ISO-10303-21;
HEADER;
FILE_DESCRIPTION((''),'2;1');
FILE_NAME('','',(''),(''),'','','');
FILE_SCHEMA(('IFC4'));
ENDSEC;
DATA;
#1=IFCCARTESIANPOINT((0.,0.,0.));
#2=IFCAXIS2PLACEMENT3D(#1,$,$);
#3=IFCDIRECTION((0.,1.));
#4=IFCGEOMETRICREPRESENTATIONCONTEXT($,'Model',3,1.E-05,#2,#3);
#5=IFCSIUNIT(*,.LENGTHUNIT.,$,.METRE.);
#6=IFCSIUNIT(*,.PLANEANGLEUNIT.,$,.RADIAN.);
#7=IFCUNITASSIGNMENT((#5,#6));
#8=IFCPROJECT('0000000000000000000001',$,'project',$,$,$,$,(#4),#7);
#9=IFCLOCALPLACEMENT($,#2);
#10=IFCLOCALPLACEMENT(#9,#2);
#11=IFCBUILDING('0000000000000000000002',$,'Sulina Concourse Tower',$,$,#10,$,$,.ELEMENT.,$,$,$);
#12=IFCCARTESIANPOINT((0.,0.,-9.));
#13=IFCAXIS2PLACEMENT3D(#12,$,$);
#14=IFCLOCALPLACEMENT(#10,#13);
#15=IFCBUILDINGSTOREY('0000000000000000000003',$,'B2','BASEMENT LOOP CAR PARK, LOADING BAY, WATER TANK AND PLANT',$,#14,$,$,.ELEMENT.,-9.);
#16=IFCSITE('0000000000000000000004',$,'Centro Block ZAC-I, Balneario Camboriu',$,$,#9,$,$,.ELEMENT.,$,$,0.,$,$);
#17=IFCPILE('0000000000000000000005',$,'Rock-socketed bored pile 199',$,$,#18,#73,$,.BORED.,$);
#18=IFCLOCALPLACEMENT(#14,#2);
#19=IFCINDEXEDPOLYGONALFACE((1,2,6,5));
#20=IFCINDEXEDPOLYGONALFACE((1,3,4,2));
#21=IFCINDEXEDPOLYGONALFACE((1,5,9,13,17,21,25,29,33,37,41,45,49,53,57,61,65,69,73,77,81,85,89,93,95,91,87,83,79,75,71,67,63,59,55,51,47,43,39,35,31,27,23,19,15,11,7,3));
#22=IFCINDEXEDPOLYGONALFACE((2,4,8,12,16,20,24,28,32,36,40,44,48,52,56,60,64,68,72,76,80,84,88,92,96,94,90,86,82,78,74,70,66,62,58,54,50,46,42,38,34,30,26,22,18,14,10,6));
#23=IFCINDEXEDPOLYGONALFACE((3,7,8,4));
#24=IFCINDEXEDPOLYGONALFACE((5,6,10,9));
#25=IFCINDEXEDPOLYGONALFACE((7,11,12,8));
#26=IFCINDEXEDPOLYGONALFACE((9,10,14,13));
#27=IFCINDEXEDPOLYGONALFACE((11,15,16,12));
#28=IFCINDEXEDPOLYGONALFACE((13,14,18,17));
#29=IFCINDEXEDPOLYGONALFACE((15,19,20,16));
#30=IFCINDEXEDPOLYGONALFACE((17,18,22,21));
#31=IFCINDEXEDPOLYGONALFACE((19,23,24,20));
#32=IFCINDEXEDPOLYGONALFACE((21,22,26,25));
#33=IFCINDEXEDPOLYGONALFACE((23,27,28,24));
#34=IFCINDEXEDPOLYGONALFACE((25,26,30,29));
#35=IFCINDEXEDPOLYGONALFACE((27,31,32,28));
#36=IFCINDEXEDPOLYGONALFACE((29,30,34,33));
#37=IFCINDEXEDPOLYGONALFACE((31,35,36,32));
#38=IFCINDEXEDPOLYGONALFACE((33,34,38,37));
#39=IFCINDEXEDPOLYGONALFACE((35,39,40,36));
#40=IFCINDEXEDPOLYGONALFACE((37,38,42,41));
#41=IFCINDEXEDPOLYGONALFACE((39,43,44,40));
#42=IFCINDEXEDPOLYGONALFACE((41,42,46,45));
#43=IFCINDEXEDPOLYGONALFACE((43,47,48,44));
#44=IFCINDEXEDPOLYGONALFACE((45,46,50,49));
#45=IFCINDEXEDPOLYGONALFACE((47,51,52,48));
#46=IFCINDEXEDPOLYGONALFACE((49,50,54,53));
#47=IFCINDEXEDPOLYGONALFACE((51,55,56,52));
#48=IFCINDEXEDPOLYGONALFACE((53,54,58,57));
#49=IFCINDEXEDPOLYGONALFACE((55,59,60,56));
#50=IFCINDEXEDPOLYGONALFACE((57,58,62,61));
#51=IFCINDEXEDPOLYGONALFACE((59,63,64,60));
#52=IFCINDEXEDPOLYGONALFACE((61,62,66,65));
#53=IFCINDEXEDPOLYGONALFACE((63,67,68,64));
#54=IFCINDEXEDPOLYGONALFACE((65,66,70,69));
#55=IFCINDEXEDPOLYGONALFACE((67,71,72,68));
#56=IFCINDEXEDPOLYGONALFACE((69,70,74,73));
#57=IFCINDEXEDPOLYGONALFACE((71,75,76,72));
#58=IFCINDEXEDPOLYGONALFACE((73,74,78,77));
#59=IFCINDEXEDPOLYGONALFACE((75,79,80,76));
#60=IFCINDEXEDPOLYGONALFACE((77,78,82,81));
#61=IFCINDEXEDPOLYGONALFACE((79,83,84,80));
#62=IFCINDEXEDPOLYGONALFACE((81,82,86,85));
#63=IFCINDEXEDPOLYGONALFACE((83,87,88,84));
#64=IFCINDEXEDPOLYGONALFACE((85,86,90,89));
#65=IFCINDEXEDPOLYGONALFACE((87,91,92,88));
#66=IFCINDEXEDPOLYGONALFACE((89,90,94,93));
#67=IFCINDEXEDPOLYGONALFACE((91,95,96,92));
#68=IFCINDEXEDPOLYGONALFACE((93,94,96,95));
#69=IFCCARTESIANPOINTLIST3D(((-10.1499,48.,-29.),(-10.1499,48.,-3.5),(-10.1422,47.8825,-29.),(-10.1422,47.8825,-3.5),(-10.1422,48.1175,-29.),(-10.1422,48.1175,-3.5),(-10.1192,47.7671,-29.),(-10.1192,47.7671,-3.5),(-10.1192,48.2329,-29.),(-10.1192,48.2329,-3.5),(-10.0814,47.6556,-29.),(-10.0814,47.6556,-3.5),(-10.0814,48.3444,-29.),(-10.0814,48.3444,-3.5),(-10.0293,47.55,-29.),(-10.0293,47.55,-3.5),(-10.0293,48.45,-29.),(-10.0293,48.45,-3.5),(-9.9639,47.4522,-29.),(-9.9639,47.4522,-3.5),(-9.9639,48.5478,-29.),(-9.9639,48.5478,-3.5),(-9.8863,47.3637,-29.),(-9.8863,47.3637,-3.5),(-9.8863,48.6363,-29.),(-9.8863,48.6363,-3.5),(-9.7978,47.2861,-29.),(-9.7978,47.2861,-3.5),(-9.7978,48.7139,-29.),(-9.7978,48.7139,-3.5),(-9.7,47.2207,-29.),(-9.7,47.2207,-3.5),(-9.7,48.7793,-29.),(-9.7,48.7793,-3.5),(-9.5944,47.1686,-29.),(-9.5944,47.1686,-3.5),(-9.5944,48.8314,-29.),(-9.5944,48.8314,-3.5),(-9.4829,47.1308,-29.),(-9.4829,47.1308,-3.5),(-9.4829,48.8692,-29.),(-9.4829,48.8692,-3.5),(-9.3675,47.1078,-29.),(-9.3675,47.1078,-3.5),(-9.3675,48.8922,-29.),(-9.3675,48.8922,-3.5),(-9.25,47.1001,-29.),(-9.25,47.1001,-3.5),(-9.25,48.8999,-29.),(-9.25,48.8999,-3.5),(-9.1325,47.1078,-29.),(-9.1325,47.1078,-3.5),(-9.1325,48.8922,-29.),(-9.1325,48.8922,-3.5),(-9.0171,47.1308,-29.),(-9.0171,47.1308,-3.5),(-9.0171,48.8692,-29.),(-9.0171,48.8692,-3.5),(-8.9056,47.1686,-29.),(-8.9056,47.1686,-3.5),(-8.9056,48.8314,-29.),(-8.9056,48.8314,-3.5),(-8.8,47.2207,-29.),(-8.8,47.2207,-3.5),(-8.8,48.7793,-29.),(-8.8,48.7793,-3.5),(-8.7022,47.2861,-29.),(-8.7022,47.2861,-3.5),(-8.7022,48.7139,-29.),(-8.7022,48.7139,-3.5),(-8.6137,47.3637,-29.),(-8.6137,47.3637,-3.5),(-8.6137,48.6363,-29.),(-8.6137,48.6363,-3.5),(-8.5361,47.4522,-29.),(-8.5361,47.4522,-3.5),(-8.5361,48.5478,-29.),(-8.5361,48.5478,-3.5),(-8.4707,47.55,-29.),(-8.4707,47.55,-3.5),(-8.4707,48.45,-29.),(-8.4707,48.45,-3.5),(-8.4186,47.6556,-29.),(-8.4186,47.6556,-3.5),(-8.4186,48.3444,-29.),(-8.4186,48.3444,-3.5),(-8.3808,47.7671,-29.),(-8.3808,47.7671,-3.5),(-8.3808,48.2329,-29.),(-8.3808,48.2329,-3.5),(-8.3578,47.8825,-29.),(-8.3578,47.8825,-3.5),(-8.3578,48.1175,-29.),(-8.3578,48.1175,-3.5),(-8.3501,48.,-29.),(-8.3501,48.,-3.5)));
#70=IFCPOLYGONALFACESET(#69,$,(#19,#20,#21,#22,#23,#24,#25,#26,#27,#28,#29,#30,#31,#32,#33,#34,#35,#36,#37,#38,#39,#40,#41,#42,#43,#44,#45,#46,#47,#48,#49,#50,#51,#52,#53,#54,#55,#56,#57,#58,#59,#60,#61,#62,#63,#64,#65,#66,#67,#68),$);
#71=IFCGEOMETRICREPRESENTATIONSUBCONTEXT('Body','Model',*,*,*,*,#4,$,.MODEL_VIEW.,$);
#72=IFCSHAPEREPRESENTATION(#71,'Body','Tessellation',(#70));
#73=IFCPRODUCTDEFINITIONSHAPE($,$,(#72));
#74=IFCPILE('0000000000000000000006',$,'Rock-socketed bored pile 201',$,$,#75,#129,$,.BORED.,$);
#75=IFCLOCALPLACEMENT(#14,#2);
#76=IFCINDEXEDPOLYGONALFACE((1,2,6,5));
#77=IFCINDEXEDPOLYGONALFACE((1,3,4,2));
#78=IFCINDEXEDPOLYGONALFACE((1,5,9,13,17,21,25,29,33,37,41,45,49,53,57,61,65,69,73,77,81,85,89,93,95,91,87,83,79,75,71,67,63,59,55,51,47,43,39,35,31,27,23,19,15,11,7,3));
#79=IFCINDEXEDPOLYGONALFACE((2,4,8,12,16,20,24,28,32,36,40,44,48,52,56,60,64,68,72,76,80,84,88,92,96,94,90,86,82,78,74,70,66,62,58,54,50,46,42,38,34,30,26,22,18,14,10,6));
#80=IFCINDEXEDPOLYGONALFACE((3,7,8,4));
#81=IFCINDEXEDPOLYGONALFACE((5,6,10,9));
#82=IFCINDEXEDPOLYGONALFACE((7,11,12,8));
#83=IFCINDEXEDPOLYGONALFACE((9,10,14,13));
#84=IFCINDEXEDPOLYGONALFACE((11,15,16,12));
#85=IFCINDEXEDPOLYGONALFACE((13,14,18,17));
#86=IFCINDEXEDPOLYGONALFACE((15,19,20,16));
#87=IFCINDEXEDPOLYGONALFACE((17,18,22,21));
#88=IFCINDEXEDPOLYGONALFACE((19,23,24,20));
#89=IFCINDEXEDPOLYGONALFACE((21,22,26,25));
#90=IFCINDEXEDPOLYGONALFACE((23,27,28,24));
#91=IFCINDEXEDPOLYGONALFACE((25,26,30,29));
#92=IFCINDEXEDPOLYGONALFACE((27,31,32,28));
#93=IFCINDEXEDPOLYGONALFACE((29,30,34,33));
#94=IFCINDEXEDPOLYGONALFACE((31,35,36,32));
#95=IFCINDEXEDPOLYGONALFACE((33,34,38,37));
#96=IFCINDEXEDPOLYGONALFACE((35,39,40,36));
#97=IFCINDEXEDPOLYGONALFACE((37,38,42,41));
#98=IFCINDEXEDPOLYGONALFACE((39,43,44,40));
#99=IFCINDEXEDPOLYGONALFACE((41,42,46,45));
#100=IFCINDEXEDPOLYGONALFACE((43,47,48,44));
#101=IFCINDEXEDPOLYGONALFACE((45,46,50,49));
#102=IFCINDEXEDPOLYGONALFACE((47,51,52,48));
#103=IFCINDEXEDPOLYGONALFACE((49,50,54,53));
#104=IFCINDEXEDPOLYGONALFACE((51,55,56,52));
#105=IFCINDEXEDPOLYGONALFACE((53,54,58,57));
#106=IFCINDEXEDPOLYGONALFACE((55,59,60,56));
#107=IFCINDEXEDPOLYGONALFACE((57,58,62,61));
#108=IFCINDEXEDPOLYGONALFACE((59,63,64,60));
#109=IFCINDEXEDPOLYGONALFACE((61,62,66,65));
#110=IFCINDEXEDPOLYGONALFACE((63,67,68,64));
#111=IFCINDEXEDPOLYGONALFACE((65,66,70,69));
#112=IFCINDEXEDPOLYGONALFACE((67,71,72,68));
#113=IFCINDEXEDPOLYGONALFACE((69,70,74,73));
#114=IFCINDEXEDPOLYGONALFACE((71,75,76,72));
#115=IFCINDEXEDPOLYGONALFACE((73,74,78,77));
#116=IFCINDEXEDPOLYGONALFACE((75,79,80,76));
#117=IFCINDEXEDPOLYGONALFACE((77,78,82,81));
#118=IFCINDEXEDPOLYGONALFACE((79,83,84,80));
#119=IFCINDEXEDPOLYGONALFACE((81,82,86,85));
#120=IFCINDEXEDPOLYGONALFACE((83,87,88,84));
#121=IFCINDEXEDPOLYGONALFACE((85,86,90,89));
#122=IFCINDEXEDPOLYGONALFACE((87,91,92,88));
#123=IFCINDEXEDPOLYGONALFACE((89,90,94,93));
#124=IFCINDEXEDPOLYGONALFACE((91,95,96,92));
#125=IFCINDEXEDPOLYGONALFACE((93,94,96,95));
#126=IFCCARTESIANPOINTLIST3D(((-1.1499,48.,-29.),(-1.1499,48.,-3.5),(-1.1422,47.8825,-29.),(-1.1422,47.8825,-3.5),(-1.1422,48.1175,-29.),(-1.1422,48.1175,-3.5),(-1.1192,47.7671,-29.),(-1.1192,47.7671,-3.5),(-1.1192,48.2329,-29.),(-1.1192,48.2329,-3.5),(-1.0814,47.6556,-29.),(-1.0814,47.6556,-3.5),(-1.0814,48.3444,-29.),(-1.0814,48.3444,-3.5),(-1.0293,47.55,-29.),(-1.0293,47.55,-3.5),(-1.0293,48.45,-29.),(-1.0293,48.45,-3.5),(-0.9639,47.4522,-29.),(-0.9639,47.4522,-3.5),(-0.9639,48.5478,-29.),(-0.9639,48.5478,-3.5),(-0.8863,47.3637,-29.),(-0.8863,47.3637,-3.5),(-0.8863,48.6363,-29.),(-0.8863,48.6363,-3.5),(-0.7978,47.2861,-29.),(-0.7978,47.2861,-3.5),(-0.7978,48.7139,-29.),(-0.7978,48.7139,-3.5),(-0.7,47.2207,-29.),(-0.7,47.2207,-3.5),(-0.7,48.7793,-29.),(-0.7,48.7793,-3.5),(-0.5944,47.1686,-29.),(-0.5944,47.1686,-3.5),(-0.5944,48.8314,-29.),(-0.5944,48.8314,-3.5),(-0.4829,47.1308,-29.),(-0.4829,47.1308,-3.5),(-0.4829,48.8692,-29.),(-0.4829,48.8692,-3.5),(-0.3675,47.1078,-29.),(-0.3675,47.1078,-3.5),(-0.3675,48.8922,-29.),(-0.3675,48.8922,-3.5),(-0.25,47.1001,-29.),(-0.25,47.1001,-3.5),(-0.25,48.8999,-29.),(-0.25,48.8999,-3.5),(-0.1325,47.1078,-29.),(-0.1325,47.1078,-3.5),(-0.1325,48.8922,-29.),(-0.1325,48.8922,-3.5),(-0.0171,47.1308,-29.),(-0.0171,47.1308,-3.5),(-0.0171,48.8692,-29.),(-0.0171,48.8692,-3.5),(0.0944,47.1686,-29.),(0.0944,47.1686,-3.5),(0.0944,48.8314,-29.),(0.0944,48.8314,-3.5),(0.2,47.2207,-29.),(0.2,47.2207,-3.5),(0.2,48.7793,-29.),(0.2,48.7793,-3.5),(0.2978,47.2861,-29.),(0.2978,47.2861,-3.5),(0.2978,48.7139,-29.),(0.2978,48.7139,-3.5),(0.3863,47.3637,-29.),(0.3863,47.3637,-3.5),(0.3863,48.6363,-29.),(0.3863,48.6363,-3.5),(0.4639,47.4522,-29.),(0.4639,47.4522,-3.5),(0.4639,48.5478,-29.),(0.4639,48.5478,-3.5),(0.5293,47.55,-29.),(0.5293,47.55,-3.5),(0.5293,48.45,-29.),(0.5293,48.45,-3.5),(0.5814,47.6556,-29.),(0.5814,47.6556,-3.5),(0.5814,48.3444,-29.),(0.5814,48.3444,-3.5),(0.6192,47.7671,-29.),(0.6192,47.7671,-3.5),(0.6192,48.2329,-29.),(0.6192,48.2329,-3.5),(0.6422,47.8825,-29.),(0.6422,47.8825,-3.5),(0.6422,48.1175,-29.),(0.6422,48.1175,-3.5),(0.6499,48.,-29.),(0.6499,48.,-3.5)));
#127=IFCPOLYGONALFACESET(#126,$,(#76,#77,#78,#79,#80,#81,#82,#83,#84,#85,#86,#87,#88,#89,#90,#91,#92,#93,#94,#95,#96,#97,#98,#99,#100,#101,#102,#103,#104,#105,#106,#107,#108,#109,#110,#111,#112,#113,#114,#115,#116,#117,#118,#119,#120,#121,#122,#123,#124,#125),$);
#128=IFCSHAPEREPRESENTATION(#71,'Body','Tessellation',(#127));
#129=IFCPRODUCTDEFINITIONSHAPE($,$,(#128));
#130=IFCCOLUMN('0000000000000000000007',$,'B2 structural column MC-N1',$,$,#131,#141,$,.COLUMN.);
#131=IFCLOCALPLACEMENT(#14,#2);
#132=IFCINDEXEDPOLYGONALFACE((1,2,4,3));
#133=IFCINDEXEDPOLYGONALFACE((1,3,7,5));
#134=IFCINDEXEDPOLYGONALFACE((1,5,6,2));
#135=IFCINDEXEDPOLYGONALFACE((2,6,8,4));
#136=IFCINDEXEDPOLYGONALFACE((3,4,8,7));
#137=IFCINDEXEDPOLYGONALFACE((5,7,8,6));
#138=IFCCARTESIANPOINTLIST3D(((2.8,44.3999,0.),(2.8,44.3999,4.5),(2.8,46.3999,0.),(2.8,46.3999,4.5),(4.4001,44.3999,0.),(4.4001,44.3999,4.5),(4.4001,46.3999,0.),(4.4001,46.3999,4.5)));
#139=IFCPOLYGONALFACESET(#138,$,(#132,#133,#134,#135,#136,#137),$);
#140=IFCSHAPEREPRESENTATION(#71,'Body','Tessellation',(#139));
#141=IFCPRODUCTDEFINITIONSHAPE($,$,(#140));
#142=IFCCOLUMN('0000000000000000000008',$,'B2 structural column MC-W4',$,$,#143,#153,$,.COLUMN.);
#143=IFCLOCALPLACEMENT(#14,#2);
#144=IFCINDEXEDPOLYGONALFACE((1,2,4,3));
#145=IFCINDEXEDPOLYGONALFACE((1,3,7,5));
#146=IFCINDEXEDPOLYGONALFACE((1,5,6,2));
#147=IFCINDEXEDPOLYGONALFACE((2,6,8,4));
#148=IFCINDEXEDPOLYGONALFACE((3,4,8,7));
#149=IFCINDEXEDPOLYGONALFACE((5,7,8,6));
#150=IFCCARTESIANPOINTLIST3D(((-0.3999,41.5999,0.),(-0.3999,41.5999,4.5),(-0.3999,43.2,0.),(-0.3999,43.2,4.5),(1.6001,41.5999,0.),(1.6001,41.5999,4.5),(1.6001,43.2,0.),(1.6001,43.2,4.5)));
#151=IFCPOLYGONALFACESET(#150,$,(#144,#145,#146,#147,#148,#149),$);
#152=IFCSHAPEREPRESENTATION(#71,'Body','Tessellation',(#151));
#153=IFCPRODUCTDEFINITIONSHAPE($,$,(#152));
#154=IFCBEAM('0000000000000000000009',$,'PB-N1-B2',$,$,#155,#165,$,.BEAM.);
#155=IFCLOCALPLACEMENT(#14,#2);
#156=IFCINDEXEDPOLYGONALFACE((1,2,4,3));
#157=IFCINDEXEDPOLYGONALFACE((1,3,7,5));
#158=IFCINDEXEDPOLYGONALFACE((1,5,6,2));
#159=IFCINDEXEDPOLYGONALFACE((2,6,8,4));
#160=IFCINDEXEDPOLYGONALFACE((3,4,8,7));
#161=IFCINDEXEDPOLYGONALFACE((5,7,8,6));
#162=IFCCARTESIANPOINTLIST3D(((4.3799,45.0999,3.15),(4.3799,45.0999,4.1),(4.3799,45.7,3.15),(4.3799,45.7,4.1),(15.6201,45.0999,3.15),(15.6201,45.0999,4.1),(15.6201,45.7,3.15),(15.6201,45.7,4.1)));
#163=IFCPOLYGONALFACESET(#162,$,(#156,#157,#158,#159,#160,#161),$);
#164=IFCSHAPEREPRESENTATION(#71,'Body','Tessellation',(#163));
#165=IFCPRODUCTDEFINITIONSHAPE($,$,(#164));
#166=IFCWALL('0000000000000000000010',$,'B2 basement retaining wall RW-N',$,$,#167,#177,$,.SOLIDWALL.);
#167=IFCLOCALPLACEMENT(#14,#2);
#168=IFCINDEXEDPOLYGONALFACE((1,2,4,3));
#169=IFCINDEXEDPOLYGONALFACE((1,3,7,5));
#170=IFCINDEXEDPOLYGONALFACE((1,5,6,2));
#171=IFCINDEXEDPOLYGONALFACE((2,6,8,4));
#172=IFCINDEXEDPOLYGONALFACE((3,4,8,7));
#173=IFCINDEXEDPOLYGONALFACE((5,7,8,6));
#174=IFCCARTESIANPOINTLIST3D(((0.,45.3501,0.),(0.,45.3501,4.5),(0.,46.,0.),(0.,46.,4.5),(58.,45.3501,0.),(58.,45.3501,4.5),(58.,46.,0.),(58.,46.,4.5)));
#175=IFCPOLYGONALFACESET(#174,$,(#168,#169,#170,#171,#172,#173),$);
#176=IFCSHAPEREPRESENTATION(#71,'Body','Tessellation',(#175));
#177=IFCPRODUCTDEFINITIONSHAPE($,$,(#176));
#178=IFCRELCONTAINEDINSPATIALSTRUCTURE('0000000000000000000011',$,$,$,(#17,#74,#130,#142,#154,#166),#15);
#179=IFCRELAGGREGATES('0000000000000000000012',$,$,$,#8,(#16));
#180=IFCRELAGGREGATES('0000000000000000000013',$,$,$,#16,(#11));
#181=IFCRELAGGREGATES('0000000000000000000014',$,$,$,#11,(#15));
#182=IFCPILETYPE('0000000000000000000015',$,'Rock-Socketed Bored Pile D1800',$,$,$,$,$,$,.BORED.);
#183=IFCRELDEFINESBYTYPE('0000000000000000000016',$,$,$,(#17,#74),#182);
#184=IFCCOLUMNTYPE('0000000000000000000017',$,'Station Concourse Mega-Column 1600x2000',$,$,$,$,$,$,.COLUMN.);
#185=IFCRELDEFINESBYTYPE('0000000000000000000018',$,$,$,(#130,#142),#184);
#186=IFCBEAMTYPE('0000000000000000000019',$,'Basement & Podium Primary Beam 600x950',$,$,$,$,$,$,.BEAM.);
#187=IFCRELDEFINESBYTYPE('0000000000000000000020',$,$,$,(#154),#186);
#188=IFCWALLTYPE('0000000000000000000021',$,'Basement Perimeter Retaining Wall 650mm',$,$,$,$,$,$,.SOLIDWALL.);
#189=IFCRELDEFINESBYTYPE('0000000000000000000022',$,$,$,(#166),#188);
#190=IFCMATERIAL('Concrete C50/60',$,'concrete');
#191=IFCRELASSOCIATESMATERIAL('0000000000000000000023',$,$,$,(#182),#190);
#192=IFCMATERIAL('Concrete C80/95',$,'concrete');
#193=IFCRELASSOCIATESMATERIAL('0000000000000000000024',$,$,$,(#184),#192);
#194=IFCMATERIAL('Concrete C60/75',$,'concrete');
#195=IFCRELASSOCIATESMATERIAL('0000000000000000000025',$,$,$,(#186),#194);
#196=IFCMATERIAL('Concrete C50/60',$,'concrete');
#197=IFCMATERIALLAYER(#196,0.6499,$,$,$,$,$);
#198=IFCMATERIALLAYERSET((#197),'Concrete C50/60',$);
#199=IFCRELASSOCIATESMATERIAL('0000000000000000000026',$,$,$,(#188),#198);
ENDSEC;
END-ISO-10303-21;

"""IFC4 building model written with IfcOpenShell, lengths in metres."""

from ifc_helpers import new_model, si_unit, direction, frame, frame_2d, origin, origin_2d, place, context, subcontext, project, spatial, rectangle, circle, extrude, material, layer, layer_set, material_profile, profile_set, type_object, element, save


model = new_model("IFC4")

# Units and contexts
model_context = context("Model", 3, precision=1e-05, world=origin(), true_north=direction((0.0, 1.0)))
body_context = subcontext(model_context, "Body", "Model", "MODEL_VIEW")
ifc_project = project(units=[si_unit("LENGTHUNIT", "METRE"), si_unit("PLANEANGLEUNIT", "RADIAN")], contexts=[model_context])

# Site, building, storey
site_placement = place(None, origin())
site = spatial("IfcSite", under=ifc_project, at=site_placement, Name="Centro Block ZAC-I, Balneario Camboriu", CompositionType="ELEMENT", RefElevation=0.0)
building_placement = place(site_placement, origin())
building = spatial("IfcBuilding", under=site, at=building_placement, Name="Sulina Concourse Tower", CompositionType="ELEMENT")
storey_placement = place(building_placement, frame((0.0, 0.0, -9.0)))
storey = spatial("IfcBuildingStorey", under=building, at=storey_placement, Name="B2", Description="BASEMENT LOOP CAR PARK, LOADING BAY, WATER TANK AND PLANT", CompositionType="ELEMENT", Elevation=-9.0)

# Piles
ifc_material_1 = material(Name="Concrete C50/60", Category="concrete")
ifc_material_profile_1 = material_profile(ifc_material_1, circle(Radius=0.8999, at=origin_2d()), Name="PILE D1800")
ifc_profile_set_1 = profile_set([ifc_material_profile_1], Name="Concrete C50/60")
pile_type_1 = type_object("IfcPileType", Name="Rock-Socketed Bored Pile D1800", PredefinedType="BORED", material=ifc_profile_set_1)
for number, where, z_axis, x_axis, name in (
    (1, (-9.25, 48.0, -3.5), (0.0, 0.0, -1.0), (1.0, 0.0, 0.0), "Rock-socketed bored pile 199"),
    (2, (-0.25, 48.0, -3.5), (0.0, 0.0, -1.0), (1.0, 0.0, 0.0), "Rock-socketed bored pile 201"),
):
    element("IfcPile", number, at=place(storey_placement, frame(where, z_axis=z_axis, x_axis=x_axis)), inside=storey, type_object=pile_type_1, Name=name, PredefinedType="BORED", context=body_context, shape_type="SweptSolid", body=[
        extrude(circle(Radius=0.8999, at=origin_2d()), origin(), (0.0, 0.0, 1.0), 25.5),
    ])

# Columns
ifc_material_2 = material(Name="Concrete C80/95", Category="concrete")
ifc_material_profile_2 = material_profile(ifc_material_2, rectangle(XDim=1.6001, YDim=2.0, at=origin_2d()), Name="RC 1600x2000")
ifc_profile_set_2 = profile_set([ifc_material_profile_2], Name="Concrete C80/95")
column_type = type_object("IfcColumnType", Name="Station Concourse Mega-Column 1600x2000", PredefinedType="COLUMN", material=ifc_profile_set_2)
for number, where, z_axis, x_axis, name in (
    (3, (3.6001, 45.3999, 0.0), (0.0, 0.0, 1.0), (1.0, 0.0, 0.0), "B2 structural column MC-N1"),
    (4, (0.6001, 42.3999, 0.0), (0.0, 0.0, 1.0), (0.0, 1.0, 0.0), "B2 structural column MC-W4"),
):
    element("IfcColumn", number, at=place(storey_placement, frame(where, z_axis=z_axis, x_axis=x_axis)), inside=storey, type_object=column_type, Name=name, PredefinedType="COLUMN", context=body_context, shape_type="SweptSolid", body=[
        extrude(rectangle(XDim=1.6001, YDim=2.0, at=origin_2d()), origin(), (0.0, 0.0, 1.0), 4.5),
    ])

# Beam
ifc_material_3 = material(Name="Concrete C60/75", Category="concrete")
ifc_material_profile_3 = material_profile(ifc_material_3, rectangle(XDim=0.6001, YDim=0.95, at=origin_2d()), Name="RC 600x950")
ifc_profile_set_3 = profile_set([ifc_material_profile_3], Name="Concrete C60/75")
beam_type = type_object("IfcBeamType", Name="Basement & Podium Primary Beam 600x950", PredefinedType="BEAM", material=ifc_profile_set_3)
beam_placement = place(storey_placement, frame((4.3799, 45.3999, 3.625), z_axis=(1.0, 0.0, 0.0), x_axis=(0.0, 1.0, 0.0)))
element("IfcBeam", 5, at=beam_placement, inside=storey, type_object=beam_type, Name="PB-N1-B2", PredefinedType="BEAM", context=body_context, shape_type="SweptSolid", body=[
    extrude(rectangle(XDim=0.6001, YDim=0.95, at=origin_2d()), origin(), (0.0, 0.0, 1.0), 11.2402),
])

# Wall
ifc_material_4 = material(Name="Concrete C50/60", Category="concrete")
ifc_layer_1 = layer(ifc_material_4, 0.6499)
ifc_layer_set_1 = layer_set([ifc_layer_1], Name="Concrete C50/60")
wall_type_1 = type_object("IfcWallType", Name="Basement Perimeter Retaining Wall 650mm", PredefinedType="SOLIDWALL", material=ifc_layer_set_1)
wall_1_placement = place(storey_placement, frame((0.0, 45.675, 0.0), z_axis=(0.0, 0.0, 1.0), x_axis=(1.0, 0.0, 0.0)))
element("IfcWall", 6, at=wall_1_placement, inside=storey, type_object=wall_type_1, Name="B2 basement retaining wall RW-N", PredefinedType="SOLIDWALL", context=body_context, shape_type="SweptSolid", body=[
    extrude(rectangle(XDim=58.0, YDim=0.6499, at=frame_2d((29.0, 0.0))), origin(), (0.0, 0.0, 1.0), 4.5),
])

save(model, "model.ifc")
